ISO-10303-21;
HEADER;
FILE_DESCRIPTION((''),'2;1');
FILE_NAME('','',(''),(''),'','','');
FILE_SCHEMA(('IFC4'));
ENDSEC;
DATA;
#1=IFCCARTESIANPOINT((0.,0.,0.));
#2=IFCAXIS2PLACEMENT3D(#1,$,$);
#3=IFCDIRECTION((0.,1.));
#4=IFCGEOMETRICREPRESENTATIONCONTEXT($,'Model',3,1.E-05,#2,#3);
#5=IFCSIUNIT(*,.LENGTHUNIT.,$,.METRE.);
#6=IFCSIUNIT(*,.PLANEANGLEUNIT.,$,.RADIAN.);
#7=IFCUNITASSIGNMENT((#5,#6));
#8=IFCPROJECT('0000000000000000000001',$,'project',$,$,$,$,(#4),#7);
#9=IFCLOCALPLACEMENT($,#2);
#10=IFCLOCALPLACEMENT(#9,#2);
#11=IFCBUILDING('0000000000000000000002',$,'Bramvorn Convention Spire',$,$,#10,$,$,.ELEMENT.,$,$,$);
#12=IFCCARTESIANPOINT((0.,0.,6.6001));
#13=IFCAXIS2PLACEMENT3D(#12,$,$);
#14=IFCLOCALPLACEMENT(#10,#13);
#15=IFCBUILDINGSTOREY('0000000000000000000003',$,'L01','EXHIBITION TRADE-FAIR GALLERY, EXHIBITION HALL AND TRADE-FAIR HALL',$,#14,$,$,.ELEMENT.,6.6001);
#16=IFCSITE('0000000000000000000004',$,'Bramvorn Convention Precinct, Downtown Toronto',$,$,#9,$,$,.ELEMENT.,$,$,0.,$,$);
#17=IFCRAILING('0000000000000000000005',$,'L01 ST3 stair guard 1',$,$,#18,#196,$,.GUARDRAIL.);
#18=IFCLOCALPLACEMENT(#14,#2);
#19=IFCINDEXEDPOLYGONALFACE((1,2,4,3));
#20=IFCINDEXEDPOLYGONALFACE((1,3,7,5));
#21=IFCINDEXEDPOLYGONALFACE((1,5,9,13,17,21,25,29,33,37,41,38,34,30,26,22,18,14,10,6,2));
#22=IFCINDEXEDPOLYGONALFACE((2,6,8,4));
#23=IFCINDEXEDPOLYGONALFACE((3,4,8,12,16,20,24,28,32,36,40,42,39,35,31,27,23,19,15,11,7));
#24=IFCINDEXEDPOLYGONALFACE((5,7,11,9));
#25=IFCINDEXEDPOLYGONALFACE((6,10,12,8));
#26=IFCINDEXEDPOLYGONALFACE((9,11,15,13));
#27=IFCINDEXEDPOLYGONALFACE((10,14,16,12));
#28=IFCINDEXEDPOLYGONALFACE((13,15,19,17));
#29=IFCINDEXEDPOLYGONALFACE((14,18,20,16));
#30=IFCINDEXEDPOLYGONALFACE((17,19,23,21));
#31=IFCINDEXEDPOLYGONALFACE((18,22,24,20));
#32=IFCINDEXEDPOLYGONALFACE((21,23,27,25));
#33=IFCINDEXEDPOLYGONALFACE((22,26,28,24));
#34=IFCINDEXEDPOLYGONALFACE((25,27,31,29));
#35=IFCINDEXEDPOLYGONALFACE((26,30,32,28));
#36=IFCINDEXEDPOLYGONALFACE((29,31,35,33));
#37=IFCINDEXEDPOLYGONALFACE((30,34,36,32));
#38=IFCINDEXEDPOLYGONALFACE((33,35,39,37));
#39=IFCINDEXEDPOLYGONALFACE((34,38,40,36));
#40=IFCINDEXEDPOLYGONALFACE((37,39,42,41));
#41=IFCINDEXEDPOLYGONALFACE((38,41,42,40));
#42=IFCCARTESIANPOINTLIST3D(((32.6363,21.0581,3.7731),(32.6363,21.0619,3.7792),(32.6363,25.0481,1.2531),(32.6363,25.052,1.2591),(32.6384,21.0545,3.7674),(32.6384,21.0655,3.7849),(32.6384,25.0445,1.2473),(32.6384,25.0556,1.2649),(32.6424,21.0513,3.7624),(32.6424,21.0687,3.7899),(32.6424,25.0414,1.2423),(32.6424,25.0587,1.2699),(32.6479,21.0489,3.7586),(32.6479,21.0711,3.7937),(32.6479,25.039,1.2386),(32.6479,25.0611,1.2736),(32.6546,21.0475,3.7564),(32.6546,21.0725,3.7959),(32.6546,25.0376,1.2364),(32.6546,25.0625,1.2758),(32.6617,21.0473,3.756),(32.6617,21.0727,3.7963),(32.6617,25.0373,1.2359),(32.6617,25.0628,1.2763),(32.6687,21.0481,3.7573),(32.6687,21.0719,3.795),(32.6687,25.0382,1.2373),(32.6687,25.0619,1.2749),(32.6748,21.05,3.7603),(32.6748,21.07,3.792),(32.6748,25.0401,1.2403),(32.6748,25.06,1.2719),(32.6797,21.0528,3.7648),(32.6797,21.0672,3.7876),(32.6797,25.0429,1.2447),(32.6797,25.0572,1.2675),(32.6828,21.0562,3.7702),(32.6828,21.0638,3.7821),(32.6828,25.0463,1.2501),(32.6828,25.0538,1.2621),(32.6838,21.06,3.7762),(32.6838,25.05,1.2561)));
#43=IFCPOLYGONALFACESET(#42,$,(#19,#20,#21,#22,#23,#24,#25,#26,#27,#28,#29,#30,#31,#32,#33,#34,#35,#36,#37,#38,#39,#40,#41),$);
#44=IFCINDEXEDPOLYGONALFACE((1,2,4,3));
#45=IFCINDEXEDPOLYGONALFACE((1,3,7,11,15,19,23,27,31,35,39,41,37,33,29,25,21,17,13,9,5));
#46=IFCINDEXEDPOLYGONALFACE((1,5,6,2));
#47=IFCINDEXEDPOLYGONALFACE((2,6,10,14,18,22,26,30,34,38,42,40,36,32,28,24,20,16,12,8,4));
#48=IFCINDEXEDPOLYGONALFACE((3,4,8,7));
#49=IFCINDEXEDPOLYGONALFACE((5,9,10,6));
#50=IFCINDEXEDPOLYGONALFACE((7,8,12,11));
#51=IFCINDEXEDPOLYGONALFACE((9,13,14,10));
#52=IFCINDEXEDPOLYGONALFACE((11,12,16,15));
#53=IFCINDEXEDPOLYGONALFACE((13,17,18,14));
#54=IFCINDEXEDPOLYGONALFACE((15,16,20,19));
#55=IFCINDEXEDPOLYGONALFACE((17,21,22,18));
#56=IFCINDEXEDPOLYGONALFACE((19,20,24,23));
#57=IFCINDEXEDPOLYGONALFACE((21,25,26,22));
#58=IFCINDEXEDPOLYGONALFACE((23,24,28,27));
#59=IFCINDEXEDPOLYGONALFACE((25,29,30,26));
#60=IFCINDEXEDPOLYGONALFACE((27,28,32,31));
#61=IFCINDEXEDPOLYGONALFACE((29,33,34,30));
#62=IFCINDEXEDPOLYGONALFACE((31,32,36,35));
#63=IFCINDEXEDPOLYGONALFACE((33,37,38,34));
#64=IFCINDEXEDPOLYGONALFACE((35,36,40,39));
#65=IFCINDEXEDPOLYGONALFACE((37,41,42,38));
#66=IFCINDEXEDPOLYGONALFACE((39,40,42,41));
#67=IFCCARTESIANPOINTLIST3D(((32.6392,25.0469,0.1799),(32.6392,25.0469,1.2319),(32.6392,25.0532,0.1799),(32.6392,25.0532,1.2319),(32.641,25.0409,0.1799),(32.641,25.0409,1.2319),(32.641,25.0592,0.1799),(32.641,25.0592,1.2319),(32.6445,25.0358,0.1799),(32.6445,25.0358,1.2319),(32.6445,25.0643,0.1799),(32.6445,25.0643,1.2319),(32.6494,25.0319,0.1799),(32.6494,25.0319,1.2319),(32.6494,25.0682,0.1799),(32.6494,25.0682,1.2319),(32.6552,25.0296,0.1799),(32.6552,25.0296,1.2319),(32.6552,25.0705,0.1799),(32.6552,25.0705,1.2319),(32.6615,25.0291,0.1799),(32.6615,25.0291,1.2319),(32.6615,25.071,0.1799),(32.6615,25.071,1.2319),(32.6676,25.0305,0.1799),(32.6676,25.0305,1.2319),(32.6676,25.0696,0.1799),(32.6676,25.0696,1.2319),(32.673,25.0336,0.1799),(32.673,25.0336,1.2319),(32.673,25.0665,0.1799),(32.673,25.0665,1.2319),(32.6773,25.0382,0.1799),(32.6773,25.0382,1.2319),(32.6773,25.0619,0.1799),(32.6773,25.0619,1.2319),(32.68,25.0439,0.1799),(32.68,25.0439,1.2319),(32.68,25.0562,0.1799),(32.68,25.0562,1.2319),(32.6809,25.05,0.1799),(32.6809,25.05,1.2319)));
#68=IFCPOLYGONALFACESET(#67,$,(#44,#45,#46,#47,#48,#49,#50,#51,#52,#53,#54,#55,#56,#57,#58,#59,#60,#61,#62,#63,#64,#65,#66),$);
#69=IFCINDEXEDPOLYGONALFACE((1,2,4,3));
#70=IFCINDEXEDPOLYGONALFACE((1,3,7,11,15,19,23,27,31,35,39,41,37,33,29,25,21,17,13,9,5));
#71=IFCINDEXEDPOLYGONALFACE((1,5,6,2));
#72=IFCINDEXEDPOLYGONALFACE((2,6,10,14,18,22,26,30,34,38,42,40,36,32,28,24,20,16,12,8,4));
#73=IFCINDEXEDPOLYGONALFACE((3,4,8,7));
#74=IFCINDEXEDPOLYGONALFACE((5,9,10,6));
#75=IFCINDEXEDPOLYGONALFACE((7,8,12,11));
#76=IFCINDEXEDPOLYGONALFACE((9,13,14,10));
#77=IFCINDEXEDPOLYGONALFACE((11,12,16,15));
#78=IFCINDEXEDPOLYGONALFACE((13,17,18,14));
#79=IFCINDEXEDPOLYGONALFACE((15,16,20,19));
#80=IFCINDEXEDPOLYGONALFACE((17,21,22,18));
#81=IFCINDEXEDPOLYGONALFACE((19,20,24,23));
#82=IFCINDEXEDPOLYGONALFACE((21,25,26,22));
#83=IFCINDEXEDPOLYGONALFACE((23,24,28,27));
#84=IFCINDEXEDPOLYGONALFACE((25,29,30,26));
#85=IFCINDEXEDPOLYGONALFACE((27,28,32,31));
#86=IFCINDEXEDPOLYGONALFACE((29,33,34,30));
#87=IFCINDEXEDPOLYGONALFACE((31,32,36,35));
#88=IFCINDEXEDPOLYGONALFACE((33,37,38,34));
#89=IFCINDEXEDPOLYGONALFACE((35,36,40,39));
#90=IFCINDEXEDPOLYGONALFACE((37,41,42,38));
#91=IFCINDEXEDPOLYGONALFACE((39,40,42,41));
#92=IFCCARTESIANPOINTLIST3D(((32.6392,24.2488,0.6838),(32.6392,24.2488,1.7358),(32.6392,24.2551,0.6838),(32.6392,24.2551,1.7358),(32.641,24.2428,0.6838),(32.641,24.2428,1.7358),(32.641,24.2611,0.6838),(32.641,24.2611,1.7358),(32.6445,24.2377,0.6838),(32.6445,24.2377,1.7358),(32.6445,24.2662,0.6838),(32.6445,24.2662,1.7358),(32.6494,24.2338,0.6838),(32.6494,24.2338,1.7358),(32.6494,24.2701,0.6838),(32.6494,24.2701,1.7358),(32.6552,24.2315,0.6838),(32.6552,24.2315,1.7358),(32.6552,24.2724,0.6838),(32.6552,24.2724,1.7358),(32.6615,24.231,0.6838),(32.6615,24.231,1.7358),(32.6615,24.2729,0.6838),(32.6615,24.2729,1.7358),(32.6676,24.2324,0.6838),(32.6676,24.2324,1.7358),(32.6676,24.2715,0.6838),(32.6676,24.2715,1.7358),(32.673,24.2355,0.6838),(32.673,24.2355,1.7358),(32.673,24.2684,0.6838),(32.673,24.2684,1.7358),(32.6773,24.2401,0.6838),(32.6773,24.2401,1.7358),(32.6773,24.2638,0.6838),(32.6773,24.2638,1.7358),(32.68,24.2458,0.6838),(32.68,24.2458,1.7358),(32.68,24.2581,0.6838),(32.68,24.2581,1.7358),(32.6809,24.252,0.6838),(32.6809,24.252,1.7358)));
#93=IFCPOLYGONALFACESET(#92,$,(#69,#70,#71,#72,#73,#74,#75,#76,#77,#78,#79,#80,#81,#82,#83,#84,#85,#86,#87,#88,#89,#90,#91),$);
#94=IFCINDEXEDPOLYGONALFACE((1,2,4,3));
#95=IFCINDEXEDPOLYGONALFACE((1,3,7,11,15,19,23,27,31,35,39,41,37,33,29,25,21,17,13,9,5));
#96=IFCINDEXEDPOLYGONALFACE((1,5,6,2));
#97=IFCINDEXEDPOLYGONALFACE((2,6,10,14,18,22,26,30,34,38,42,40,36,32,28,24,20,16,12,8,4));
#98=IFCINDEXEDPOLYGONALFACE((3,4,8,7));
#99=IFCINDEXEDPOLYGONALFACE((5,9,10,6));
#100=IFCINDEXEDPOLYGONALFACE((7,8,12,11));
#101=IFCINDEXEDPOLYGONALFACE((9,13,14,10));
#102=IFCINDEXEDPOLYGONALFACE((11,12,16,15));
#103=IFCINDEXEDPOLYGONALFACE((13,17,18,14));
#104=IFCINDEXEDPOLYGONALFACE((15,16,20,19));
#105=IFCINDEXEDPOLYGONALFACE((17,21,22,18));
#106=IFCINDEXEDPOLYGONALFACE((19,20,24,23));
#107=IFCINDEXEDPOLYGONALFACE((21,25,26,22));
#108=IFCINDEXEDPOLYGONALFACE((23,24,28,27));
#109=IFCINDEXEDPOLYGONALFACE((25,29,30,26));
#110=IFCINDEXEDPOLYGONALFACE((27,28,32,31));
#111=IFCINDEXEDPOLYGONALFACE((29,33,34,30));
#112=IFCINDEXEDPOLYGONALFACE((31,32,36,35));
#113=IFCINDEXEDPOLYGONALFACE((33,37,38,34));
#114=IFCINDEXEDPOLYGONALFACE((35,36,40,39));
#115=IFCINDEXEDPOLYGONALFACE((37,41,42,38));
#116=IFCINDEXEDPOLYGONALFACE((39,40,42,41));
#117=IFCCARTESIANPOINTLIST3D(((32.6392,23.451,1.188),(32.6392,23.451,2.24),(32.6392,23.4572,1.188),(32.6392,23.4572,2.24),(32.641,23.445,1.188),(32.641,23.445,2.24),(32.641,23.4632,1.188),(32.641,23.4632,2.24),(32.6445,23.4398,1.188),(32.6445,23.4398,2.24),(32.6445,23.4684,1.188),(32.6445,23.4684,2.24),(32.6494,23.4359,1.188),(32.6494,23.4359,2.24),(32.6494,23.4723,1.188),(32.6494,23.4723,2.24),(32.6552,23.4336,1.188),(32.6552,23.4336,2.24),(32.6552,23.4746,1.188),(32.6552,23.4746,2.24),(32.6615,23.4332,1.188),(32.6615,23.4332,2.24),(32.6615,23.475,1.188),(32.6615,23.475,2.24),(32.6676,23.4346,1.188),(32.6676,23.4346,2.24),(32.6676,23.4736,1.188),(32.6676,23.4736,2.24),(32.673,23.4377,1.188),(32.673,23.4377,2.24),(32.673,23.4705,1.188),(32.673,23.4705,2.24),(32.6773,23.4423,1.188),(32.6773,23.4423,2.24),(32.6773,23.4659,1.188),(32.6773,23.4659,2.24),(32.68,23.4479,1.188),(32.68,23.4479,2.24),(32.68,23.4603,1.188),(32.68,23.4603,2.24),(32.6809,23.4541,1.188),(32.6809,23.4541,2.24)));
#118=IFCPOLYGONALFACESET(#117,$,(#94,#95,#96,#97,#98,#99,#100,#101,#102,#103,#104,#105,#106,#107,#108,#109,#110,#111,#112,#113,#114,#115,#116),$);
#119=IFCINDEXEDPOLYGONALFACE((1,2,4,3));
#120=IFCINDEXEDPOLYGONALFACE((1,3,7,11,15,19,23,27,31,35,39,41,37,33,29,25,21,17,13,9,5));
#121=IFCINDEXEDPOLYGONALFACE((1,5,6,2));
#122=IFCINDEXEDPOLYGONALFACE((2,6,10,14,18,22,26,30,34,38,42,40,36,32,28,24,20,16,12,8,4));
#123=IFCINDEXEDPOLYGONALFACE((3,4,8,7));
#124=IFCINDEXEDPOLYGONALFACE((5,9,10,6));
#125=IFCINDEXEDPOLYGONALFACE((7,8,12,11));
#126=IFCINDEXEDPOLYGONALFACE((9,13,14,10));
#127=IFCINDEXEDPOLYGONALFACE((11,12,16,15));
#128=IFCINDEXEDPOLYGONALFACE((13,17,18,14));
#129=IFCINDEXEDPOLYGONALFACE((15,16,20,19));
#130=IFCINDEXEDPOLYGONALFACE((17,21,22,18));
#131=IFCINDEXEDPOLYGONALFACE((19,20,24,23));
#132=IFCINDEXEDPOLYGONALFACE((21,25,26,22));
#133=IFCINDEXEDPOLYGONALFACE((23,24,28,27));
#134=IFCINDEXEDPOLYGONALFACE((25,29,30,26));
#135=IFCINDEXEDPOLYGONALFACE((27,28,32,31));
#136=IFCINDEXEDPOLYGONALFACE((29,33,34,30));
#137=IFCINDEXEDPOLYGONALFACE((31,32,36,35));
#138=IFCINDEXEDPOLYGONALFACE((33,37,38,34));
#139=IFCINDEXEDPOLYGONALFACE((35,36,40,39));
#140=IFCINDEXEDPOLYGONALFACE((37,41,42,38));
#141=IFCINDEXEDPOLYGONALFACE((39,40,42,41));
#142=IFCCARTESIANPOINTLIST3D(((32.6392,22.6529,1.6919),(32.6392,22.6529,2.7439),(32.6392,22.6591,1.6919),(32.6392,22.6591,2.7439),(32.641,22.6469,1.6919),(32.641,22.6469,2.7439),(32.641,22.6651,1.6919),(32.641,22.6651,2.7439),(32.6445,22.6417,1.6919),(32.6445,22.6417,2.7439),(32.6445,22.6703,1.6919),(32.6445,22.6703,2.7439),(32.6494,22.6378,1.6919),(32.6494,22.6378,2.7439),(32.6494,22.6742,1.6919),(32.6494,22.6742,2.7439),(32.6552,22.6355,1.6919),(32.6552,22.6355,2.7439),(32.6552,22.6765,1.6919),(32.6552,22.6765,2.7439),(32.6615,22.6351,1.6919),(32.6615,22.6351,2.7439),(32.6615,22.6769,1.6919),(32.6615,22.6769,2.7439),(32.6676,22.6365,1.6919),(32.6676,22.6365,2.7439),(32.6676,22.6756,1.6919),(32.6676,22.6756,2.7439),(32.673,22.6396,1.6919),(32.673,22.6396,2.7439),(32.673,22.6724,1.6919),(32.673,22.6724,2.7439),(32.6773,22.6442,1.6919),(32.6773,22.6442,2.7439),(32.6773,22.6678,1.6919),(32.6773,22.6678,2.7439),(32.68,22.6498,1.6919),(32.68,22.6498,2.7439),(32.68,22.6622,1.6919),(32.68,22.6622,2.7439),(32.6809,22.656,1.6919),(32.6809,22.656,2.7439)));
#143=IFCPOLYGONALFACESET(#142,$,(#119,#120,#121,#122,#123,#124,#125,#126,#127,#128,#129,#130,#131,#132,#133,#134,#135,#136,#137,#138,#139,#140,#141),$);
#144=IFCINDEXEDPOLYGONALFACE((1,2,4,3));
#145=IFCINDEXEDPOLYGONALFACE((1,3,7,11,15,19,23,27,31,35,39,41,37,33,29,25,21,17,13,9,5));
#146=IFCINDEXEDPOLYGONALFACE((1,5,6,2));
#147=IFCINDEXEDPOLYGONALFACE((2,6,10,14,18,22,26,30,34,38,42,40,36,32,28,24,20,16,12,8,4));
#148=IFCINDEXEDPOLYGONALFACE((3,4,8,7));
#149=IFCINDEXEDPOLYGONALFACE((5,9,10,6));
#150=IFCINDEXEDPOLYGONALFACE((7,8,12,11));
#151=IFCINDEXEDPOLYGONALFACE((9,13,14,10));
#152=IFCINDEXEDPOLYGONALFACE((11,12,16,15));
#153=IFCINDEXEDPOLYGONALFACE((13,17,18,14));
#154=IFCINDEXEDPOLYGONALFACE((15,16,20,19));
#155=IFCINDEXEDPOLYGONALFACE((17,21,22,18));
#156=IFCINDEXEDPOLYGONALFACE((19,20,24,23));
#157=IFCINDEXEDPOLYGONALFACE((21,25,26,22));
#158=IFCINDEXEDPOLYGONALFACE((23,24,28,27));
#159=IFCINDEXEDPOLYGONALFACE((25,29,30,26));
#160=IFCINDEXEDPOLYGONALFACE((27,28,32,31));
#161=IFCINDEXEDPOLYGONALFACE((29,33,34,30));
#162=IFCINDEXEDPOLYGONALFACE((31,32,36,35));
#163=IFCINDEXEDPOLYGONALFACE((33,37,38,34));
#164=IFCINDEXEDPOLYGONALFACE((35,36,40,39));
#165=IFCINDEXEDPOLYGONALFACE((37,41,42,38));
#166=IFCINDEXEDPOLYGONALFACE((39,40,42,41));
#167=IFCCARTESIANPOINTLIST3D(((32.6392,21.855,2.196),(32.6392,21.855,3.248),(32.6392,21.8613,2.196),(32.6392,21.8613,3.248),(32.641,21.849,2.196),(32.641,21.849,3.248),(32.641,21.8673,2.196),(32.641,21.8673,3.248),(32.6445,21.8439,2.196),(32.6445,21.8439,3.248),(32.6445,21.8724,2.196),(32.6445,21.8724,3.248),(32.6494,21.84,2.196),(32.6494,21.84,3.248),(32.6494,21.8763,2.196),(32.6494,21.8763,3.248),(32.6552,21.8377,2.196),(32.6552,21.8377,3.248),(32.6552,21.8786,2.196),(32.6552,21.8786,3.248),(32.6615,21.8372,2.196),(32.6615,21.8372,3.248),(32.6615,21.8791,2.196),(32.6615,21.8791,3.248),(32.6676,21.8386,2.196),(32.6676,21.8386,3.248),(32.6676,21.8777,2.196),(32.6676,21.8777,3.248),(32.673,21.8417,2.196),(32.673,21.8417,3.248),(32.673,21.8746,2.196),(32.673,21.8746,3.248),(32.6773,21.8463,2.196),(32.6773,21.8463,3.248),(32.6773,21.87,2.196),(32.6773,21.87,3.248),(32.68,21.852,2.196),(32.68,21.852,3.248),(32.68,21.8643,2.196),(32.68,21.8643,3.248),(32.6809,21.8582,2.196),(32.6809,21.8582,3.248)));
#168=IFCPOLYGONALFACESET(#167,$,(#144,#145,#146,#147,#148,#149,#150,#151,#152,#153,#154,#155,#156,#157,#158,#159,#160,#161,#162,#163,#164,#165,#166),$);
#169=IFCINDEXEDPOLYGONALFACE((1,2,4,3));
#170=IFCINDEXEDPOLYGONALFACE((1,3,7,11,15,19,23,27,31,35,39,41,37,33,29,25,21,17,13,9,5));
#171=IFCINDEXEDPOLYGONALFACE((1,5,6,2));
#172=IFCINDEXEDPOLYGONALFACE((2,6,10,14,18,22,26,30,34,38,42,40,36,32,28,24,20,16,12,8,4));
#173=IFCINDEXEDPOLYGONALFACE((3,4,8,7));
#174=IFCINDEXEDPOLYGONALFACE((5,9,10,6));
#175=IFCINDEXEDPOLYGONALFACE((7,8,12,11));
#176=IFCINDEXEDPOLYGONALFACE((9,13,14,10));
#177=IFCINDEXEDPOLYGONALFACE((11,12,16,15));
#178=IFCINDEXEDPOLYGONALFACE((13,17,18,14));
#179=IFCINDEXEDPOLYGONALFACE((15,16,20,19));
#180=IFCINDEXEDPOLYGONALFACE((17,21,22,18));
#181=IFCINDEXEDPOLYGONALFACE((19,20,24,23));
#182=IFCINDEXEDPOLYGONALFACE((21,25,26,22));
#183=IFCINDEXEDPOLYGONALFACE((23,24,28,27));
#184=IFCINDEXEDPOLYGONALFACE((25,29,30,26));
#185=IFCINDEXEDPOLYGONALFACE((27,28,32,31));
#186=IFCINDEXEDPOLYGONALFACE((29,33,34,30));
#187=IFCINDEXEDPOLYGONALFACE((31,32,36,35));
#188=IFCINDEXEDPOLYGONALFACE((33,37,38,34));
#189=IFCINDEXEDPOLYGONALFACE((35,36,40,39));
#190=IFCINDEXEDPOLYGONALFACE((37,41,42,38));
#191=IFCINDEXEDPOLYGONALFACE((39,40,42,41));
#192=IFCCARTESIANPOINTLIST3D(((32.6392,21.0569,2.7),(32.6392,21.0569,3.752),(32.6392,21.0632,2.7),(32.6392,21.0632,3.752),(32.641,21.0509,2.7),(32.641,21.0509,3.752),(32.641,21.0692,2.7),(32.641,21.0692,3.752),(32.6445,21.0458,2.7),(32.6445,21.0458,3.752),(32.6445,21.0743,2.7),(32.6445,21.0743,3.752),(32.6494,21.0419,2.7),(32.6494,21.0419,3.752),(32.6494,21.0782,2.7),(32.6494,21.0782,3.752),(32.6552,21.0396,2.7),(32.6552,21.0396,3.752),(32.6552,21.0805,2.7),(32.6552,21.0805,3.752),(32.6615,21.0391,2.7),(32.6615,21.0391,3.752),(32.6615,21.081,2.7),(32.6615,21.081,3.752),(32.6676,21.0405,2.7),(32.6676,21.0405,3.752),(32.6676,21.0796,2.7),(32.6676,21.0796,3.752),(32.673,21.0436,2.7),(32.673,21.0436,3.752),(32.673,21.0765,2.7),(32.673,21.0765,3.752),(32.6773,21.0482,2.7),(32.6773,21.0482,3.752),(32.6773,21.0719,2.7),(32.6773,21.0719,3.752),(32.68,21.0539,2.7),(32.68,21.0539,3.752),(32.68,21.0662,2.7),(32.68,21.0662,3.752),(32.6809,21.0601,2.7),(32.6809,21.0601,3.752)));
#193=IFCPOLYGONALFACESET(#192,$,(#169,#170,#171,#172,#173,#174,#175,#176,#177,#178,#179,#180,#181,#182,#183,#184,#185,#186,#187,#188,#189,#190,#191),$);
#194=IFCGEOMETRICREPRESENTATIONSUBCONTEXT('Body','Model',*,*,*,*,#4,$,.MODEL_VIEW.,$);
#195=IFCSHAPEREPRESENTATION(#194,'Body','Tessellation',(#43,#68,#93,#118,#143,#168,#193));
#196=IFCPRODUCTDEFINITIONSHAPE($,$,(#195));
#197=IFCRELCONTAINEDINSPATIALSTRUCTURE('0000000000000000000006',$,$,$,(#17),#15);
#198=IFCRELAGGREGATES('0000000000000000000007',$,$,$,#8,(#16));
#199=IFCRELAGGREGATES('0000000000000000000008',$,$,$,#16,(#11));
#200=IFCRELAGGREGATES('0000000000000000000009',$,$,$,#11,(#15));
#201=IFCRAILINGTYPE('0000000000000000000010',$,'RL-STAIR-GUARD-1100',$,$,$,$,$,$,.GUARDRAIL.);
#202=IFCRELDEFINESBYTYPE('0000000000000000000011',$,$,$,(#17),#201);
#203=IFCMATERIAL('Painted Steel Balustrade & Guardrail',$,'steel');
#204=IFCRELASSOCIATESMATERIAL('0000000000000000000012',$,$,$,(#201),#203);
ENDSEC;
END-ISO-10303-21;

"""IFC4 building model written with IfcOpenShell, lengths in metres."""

from ifc_helpers import new_model, si_unit, direction, frame, origin, origin_2d, place, context, subcontext, project, spatial, circle, extrude, material, type_object, element, save


model = new_model("IFC4")

# Units and contexts
model_context = context("Model", 3, precision=1e-05, world=origin(), true_north=direction((0.0, 1.0)))
body_context = subcontext(model_context, "Body", "Model", "MODEL_VIEW")
ifc_project = project(units=[si_unit("LENGTHUNIT", "METRE"), si_unit("PLANEANGLEUNIT", "RADIAN")], contexts=[model_context])

# Site, building, storey
site_placement = place(None, origin())
site = spatial("IfcSite", under=ifc_project, at=site_placement, Name="Bramvorn Convention Precinct, Downtown Toronto", CompositionType="ELEMENT", RefElevation=0.0)
building_placement = place(site_placement, origin())
building = spatial("IfcBuilding", under=site, at=building_placement, Name="Bramvorn Convention Spire", CompositionType="ELEMENT")
storey_placement = place(building_placement, frame((0.0, 0.0, 6.6001)))
storey = spatial("IfcBuildingStorey", under=building, at=storey_placement, Name="L01", Description="EXHIBITION TRADE-FAIR GALLERY, EXHIBITION HALL AND TRADE-FAIR HALL", CompositionType="ELEMENT", Elevation=6.6001)

# Railing
ifc_material_1 = material(Name="Painted Steel Balustrade & Guardrail", Category="steel")
railing_type_1 = type_object("IfcRailingType", Name="RL-STAIR-GUARD-1100", PredefinedType="GUARDRAIL", material=ifc_material_1)
railing_1_placement = place(storey_placement, frame((32.6599, 25.05, 0.1799)))
element("IfcRailing", 1, at=railing_1_placement, inside=storey, type_object=railing_type_1, Name="L01 ST3 stair guard 1", PredefinedType="GUARDRAIL", context=body_context, shape_type="SweptSolid", body=[
    extrude(circle(Radius=0.0239, at=origin_2d()), frame((0.0, 0.0, 1.0762), z_axis=(0.0, -0.845486, 0.533997), x_axis=(1.0, 0.0, 0.0)), (0.0, 0.0, 1.0), 4.7192),
    extrude(circle(Radius=0.021, at=origin_2d()), origin(), (0.0, 0.0, 1.0), 1.052),
    extrude(circle(Radius=0.021, at=origin_2d()), frame((0.0, -0.7981, 0.5039)), (0.0, 0.0, 1.0), 1.052),
    extrude(circle(Radius=0.021, at=origin_2d()), frame((0.0, -1.5959, 1.0081)), (0.0, 0.0, 1.0), 1.052),
    extrude(circle(Radius=0.021, at=origin_2d()), frame((0.0, -2.394, 1.512)), (0.0, 0.0, 1.0), 1.052),
    extrude(circle(Radius=0.021, at=origin_2d()), frame((0.0, -3.1919, 2.0161)), (0.0, 0.0, 1.0), 1.052),
    extrude(circle(Radius=0.021, at=origin_2d()), frame((0.0, -3.99, 2.52)), (0.0, 0.0, 1.0), 1.052),
])

save(model, "model.ifc")
